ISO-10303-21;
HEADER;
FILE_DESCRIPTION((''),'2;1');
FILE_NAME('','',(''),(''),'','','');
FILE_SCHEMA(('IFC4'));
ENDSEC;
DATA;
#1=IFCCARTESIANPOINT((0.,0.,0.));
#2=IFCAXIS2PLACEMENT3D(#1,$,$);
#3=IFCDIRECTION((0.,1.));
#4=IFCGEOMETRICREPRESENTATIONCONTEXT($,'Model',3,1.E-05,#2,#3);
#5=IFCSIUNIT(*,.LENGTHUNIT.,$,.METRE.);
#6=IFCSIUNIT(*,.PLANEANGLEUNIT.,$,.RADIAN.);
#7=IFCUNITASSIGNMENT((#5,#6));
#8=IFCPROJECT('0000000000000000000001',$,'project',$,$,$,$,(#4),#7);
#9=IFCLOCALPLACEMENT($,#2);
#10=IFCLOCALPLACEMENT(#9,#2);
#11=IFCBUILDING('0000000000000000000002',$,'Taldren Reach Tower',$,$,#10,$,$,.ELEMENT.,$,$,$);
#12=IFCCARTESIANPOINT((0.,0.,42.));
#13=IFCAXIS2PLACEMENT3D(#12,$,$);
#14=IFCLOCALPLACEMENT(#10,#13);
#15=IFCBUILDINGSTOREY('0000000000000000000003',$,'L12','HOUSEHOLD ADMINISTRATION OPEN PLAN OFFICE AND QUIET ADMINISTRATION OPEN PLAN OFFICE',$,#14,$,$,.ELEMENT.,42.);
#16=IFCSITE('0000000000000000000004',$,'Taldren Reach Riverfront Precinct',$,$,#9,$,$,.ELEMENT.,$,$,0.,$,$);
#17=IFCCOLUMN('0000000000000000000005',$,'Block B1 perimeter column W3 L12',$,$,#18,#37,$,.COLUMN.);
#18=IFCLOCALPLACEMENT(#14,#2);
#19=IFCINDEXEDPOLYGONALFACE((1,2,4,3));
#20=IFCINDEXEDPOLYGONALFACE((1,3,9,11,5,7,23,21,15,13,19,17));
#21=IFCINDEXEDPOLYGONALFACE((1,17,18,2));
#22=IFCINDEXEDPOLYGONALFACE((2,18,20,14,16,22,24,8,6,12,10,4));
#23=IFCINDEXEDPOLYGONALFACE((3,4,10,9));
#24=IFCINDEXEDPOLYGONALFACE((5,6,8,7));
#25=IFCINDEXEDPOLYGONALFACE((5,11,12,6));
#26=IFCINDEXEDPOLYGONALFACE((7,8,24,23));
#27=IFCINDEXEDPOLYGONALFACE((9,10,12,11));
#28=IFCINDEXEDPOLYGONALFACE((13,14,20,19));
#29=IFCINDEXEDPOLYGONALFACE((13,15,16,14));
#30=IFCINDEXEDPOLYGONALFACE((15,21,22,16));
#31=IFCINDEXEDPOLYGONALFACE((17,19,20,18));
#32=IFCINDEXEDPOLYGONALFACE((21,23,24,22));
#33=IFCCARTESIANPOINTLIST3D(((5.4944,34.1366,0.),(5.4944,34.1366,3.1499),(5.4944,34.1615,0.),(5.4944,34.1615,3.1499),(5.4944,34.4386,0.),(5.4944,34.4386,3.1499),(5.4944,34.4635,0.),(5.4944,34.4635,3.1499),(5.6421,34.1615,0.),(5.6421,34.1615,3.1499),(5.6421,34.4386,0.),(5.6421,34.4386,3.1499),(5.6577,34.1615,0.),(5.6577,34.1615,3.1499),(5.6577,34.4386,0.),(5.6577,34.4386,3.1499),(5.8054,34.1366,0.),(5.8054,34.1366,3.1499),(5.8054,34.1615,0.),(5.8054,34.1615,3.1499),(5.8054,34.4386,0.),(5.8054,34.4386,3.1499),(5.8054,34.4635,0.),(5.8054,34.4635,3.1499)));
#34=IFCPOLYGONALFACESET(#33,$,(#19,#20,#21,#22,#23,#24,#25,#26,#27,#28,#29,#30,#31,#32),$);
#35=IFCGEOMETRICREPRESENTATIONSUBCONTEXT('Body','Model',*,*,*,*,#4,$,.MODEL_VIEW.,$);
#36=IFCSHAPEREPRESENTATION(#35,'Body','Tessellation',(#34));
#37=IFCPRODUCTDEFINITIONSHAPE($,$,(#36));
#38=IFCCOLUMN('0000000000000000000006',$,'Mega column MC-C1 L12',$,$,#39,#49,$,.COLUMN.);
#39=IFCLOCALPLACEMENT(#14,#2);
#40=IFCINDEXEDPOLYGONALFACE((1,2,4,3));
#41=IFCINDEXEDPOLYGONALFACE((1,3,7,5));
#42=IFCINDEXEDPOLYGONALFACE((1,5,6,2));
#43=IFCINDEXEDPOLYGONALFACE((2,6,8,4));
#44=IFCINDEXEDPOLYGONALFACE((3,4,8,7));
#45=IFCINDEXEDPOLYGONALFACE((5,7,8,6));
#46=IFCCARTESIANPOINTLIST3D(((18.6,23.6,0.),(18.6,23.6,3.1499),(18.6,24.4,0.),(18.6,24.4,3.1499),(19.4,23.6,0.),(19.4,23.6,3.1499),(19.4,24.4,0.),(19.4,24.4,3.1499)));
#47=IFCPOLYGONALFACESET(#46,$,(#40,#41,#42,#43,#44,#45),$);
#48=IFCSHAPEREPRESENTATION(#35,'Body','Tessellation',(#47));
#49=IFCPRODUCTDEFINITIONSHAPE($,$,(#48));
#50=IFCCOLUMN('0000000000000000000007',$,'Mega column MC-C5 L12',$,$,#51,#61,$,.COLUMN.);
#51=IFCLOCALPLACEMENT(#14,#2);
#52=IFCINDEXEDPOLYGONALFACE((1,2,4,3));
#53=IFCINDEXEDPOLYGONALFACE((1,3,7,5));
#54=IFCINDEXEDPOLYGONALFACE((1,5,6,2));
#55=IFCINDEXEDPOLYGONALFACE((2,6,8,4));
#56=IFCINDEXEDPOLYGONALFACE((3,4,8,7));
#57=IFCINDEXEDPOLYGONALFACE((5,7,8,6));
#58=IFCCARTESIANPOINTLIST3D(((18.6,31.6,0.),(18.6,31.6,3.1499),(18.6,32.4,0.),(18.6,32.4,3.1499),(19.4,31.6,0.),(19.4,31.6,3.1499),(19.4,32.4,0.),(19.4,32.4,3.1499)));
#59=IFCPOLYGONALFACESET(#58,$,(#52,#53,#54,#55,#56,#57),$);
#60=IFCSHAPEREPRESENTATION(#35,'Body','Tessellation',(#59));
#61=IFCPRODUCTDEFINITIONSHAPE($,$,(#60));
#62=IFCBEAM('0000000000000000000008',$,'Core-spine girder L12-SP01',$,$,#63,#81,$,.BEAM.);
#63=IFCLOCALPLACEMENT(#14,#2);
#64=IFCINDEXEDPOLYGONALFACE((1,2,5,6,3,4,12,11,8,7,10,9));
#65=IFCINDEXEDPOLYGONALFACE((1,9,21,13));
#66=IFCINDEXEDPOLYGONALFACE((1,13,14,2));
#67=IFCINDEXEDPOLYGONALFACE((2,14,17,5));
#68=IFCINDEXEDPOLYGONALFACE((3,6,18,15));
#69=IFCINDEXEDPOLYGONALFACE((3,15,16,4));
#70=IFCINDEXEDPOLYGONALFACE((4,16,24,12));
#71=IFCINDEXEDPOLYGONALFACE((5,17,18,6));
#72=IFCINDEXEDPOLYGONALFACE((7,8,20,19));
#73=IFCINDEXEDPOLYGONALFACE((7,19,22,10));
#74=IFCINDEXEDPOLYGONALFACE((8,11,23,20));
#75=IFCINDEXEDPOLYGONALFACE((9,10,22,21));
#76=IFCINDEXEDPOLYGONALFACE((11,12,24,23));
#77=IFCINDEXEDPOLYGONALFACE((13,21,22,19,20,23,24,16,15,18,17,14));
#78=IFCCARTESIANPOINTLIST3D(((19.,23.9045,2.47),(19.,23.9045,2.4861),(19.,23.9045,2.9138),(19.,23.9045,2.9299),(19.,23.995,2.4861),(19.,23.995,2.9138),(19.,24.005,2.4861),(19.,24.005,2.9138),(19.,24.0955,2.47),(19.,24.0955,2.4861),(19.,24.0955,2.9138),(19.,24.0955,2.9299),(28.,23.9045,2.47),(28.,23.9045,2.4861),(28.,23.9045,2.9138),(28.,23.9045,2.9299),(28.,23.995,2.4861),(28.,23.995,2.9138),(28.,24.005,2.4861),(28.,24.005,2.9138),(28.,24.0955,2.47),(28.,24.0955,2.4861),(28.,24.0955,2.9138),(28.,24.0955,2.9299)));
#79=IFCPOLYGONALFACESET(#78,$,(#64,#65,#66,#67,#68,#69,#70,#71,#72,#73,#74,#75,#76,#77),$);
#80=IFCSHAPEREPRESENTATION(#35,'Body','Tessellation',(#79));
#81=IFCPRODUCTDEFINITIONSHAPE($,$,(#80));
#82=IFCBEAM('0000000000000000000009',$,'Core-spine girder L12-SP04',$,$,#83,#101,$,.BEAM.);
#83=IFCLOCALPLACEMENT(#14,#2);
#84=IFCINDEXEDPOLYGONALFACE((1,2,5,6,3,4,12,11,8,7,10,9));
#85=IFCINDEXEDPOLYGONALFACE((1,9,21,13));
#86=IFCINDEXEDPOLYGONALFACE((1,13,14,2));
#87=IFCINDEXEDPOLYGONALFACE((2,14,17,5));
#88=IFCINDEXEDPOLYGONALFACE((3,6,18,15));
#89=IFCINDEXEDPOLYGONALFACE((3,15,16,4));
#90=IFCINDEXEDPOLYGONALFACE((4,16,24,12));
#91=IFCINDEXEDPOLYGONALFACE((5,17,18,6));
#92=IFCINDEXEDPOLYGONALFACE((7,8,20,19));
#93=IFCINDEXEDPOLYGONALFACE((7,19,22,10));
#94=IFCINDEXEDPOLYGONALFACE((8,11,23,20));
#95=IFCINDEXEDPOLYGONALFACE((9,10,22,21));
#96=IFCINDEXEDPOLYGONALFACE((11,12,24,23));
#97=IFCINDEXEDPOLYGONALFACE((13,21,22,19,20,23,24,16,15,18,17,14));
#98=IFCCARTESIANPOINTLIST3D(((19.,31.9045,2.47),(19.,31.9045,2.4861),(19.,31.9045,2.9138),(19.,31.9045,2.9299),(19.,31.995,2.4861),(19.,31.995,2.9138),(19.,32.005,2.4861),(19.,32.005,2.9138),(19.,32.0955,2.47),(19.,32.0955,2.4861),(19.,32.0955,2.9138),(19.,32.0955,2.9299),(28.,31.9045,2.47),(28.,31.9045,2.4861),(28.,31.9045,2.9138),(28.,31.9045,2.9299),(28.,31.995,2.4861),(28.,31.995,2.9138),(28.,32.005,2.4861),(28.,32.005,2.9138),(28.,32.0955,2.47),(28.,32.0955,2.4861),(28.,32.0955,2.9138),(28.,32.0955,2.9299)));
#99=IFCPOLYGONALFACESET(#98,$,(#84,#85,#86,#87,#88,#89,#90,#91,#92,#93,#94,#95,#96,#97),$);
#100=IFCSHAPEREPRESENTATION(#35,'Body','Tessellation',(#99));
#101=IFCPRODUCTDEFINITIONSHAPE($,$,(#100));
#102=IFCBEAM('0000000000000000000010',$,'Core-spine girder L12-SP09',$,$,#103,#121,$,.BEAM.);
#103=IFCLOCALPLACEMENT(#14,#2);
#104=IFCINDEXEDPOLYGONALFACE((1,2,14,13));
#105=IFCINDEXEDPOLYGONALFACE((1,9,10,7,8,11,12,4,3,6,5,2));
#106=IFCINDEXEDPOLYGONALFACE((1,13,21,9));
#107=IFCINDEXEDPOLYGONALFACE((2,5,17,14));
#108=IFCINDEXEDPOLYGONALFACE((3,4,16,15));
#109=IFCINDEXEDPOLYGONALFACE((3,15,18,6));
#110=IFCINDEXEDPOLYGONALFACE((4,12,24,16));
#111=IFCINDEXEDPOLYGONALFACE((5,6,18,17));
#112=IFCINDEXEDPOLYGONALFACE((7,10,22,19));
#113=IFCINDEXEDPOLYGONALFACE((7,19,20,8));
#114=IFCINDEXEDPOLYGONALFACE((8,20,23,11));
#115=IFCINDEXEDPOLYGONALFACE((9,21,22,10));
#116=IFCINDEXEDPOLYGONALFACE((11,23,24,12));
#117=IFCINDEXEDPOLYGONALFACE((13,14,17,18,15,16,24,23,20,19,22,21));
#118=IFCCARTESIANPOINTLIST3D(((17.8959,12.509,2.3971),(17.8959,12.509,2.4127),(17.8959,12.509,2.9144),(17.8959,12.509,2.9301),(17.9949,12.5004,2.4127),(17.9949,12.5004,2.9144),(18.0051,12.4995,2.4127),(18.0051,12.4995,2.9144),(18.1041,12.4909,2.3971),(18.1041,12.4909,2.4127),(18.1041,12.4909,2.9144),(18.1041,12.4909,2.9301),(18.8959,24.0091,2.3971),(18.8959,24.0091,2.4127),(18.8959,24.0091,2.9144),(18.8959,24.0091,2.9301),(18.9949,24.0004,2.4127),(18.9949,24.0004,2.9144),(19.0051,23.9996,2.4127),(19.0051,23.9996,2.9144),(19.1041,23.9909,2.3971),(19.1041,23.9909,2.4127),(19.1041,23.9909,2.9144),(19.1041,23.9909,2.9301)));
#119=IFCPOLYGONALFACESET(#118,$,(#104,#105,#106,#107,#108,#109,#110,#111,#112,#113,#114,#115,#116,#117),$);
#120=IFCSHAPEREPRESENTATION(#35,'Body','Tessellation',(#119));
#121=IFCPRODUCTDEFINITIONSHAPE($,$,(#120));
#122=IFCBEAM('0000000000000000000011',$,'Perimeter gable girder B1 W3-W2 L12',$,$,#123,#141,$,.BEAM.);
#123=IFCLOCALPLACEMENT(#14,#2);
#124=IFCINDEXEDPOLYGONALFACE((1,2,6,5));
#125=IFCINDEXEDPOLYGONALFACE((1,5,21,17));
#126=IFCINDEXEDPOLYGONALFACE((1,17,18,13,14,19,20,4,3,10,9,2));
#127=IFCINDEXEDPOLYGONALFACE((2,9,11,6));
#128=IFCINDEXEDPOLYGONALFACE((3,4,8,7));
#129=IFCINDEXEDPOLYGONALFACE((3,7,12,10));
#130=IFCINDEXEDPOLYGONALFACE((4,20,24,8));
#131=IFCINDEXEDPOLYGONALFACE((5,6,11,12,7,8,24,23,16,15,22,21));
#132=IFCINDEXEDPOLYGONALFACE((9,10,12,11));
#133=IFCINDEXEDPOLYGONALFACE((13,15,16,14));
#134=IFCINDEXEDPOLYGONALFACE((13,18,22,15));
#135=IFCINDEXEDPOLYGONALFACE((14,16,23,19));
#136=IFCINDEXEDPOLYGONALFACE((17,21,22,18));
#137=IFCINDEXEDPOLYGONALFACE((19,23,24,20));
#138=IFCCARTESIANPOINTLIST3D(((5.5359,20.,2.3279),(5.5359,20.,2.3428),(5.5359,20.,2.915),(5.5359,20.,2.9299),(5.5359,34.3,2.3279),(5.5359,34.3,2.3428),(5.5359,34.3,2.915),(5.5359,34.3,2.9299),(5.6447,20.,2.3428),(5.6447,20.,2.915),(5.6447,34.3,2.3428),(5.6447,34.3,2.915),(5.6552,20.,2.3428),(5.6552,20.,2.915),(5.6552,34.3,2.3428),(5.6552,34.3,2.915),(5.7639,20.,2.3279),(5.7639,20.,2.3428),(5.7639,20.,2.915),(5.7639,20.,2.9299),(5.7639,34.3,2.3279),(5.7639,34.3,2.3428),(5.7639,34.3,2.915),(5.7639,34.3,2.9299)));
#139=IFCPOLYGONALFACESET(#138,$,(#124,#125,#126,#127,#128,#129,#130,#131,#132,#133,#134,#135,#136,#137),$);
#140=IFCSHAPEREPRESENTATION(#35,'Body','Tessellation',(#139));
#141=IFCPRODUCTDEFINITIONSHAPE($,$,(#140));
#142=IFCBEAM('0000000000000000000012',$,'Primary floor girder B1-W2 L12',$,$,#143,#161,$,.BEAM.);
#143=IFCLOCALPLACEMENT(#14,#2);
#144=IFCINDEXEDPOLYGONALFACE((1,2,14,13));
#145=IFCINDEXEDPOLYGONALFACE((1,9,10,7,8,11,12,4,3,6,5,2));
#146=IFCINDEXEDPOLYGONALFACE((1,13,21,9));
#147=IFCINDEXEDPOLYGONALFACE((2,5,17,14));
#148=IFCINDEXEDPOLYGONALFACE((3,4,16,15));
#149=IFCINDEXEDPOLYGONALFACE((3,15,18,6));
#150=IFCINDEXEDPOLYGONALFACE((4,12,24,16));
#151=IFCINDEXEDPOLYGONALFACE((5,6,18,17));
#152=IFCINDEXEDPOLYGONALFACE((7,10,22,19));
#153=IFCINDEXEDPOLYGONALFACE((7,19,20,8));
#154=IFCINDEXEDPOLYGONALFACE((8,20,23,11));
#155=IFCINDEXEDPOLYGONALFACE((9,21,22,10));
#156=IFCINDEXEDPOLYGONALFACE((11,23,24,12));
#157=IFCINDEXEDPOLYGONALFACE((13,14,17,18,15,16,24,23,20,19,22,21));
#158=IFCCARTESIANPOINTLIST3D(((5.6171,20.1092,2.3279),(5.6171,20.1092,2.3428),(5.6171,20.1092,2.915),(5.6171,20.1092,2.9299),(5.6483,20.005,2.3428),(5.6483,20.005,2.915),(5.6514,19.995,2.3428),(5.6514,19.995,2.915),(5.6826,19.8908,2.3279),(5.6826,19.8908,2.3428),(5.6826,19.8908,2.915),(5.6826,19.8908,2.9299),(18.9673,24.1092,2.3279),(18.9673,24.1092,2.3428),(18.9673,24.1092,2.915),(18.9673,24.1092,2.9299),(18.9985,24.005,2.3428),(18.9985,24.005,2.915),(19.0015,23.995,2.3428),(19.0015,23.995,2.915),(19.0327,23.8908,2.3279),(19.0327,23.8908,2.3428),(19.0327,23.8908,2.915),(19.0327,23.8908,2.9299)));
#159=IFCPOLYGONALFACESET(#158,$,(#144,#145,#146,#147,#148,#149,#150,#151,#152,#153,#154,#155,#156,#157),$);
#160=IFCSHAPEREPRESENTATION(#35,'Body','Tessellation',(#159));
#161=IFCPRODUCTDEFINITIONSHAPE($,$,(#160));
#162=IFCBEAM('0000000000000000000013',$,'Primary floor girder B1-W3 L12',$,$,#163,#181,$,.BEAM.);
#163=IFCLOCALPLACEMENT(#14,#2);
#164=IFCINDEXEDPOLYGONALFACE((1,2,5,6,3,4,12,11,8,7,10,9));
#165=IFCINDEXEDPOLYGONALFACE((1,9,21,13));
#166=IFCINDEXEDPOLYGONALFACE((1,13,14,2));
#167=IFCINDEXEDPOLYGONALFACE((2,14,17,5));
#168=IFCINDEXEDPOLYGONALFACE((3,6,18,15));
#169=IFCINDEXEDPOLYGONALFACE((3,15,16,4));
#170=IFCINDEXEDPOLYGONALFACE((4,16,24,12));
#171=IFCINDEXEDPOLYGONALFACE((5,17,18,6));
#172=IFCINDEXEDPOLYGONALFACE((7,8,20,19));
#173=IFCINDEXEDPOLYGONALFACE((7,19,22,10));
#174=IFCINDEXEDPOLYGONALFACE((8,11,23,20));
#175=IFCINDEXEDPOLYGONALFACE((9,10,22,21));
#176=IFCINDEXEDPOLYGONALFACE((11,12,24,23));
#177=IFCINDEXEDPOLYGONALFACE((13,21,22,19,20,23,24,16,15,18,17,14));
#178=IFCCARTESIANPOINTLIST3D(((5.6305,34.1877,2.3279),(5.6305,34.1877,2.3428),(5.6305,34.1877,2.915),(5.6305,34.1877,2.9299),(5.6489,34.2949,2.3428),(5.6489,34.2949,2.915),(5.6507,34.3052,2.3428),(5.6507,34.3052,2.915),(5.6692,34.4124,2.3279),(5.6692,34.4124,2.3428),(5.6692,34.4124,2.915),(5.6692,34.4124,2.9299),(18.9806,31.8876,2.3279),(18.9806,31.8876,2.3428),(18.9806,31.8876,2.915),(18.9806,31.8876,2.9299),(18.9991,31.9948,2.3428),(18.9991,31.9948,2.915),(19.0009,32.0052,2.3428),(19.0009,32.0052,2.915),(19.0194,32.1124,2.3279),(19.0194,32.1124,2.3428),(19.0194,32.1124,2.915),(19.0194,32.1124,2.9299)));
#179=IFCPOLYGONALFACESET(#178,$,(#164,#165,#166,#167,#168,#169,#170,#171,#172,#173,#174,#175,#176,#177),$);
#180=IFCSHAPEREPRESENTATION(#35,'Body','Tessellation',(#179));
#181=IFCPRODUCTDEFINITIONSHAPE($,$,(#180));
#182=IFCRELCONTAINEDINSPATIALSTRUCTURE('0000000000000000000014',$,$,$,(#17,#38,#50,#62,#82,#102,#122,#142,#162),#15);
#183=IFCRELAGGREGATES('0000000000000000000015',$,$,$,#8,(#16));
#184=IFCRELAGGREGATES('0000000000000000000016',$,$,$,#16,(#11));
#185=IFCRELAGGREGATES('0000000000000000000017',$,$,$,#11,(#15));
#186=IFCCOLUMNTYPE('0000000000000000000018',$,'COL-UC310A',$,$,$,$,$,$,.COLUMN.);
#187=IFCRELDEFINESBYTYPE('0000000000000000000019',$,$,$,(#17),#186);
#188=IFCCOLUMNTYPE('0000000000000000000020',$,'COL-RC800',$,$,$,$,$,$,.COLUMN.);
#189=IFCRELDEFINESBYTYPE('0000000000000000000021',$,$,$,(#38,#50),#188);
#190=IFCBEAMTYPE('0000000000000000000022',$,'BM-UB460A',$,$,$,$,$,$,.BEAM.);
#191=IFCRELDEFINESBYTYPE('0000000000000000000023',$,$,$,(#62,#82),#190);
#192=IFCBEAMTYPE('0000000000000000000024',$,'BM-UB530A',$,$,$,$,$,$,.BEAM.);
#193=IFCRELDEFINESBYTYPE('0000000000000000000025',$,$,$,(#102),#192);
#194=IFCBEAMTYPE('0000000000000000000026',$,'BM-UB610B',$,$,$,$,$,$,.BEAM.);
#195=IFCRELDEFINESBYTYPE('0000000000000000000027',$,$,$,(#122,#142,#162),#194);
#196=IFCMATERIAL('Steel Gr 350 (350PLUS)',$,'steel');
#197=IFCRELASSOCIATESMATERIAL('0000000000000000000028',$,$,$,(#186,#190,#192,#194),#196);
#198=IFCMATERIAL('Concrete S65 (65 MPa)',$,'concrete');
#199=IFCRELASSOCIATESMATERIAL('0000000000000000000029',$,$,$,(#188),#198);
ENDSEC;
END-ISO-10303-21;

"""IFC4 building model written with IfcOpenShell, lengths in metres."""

from ifc_helpers import new_model, si_unit, direction, frame, origin, origin_2d, place, context, subcontext, project, spatial, rectangle, i_section, extrude, source, transform, mapped, material, material_profile, profile_set, type_object, element, save


model = new_model("IFC4")

# Units and contexts
model_context = context("Model", 3, precision=1e-05, world=origin(), true_north=direction((0.0, 1.0)))
body_context = subcontext(model_context, "Body", "Model", "MODEL_VIEW")
ifc_project = project(units=[si_unit("LENGTHUNIT", "METRE"), si_unit("PLANEANGLEUNIT", "RADIAN")], contexts=[model_context])

# Site, building, storey
site_placement = place(None, origin())
site = spatial("IfcSite", under=ifc_project, at=site_placement, Name="Taldren Reach Riverfront Precinct", CompositionType="ELEMENT", RefElevation=0.0)
building_placement = place(site_placement, origin())
building = spatial("IfcBuilding", under=site, at=building_placement, Name="Taldren Reach Tower", CompositionType="ELEMENT")
storey_placement = place(building_placement, frame((0.0, 0.0, 42.0)))
storey = spatial("IfcBuildingStorey", under=building, at=storey_placement, Name="L12", Description="HOUSEHOLD ADMINISTRATION OPEN PLAN OFFICE AND QUIET ADMINISTRATION OPEN PLAN OFFICE", CompositionType="ELEMENT", Elevation=42.0)

# Columns
ifc_material_1 = material(Name="Steel Gr 350 (350PLUS)", Category="steel")
ifc_material_profile_1 = material_profile(ifc_material_1, i_section(OverallWidth=0.311, OverallDepth=0.3269, WebThickness=0.0156, FlangeThickness=0.0249, at=origin_2d()), Name="310UC158")
ifc_profile_set_1 = profile_set([ifc_material_profile_1], Name="Steel Gr 350 (350PLUS)")
column_type_1 = type_object("IfcColumnType", Name="COL-UC310A", PredefinedType="COLUMN", material=ifc_profile_set_1)
shared_shape_1 = source(origin(), body_context, "Body", "SweptSolid", [
    extrude(i_section(OverallWidth=0.311, OverallDepth=0.3269, WebThickness=0.0156, FlangeThickness=0.0249, at=origin_2d()), origin(), (0.0, 0.0, 1.0), 3.1499),
])
column_placement = place(storey_placement, frame((5.6499, 34.3, 0.0), z_axis=(0.0, 0.0, 1.0), x_axis=(1.0, 0.0, 0.0)))
element("IfcColumn", 1, at=column_placement, inside=storey, type_object=column_type_1, Name="Block B1 perimeter column W3 L12", PredefinedType="COLUMN", context=body_context, shape_type="MappedRepresentation", body=[
    mapped(shared_shape_1, transform((0.0, 0.0, 0.0), scale=1.0)),
])
ifc_material_2 = material(Name="Concrete S65 (65 MPa)", Category="concrete")
ifc_material_profile_2 = material_profile(ifc_material_2, rectangle(XDim=0.8, YDim=0.8, at=origin_2d()), Name="RC-800x800")
ifc_profile_set_2 = profile_set([ifc_material_profile_2], Name="Concrete S65 (65 MPa)")
column_type_2 = type_object("IfcColumnType", Name="COL-RC800", PredefinedType="COLUMN", material=ifc_profile_set_2)
shared_shape_2 = source(origin(), body_context, "Body", "SweptSolid", [
    extrude(rectangle(XDim=0.8, YDim=0.8, at=origin_2d()), origin(), (0.0, 0.0, 1.0), 3.1499),
])
for number, where, z_axis, x_axis, name in (
    (2, (19.0, 24.0, 0.0), (0.0, 0.0, 1.0), (1.0, 0.0, 0.0), "Mega column MC-C1 L12"),
    (3, (19.0, 32.0, 0.0), (0.0, 0.0, 1.0), (1.0, 0.0, 0.0), "Mega column MC-C5 L12"),
):
    element("IfcColumn", number, at=place(storey_placement, frame(where, z_axis=z_axis, x_axis=x_axis)), inside=storey, type_object=column_type_2, Name=name, PredefinedType="COLUMN", context=body_context, shape_type="MappedRepresentation", body=[
        mapped(shared_shape_2, transform((0.0, 0.0, 0.0), scale=1.0)),
    ])

# Beams
ifc_material_profile_3 = material_profile(ifc_material_1, i_section(OverallWidth=0.1909, OverallDepth=0.46, WebThickness=0.01, FlangeThickness=0.0161, at=origin_2d()), Name="460UB82.1")
ifc_profile_set_3 = profile_set([ifc_material_profile_3], Name="Steel Gr 350 (350PLUS)")
beam_type_1 = type_object("IfcBeamType", Name="BM-UB460A", PredefinedType="BEAM", material=ifc_profile_set_3)
shared_shape_3 = source(origin(), body_context, "Body", "SweptSolid", [
    extrude(i_section(OverallWidth=0.1909, OverallDepth=0.46, WebThickness=0.01, FlangeThickness=0.0161, at=origin_2d()), origin(), (0.0, 0.0, 1.0), 9.0),
])
for number, where, z_axis, x_axis, name in (
    (4, (19.0, 24.0, 2.7), (1.0, 0.0, 0.0), (0.0, 1.0, 0.0), "Core-spine girder L12-SP01"),
    (5, (19.0, 32.0, 2.7), (1.0, 0.0, 0.0), (0.0, 1.0, 0.0), "Core-spine girder L12-SP04"),
):
    element("IfcBeam", number, at=place(storey_placement, frame(where, z_axis=z_axis, x_axis=x_axis)), inside=storey, type_object=beam_type_1, Name=name, PredefinedType="BEAM", context=body_context, shape_type="MappedRepresentation", body=[
        mapped(shared_shape_3, transform((0.0, 0.0, 0.0), scale=1.0)),
    ])
ifc_material_profile_4 = material_profile(ifc_material_1, i_section(OverallWidth=0.209, OverallDepth=0.533, WebThickness=0.0103, FlangeThickness=0.0156, at=origin_2d()), Name="530UB92.4")
ifc_profile_set_4 = profile_set([ifc_material_profile_4], Name="Steel Gr 350 (350PLUS)")
beam_type_2 = type_object("IfcBeamType", Name="BM-UB530A", PredefinedType="BEAM", material=ifc_profile_set_4)
shared_shape_4 = source(origin(), body_context, "Body", "SweptSolid", [
    extrude(i_section(OverallWidth=0.209, OverallDepth=0.533, WebThickness=0.0103, FlangeThickness=0.0156, at=origin_2d()), origin(), (0.0, 0.0, 1.0), 11.5435),
])
beam_1_placement = place(storey_placement, frame((19.0, 24.0, 2.6636), z_axis=(-0.08663, -0.996241, 0.0), x_axis=(0.996241, -0.08663, 0.0)))
element("IfcBeam", 6, at=beam_1_placement, inside=storey, type_object=beam_type_2, Name="Core-spine girder L12-SP09", PredefinedType="BEAM", context=body_context, shape_type="MappedRepresentation", body=[
    mapped(shared_shape_4, transform((0.0, 0.0, 0.0), scale=1.0)),
])
ifc_material_profile_5 = material_profile(ifc_material_1, i_section(OverallWidth=0.228, OverallDepth=0.6021, WebThickness=0.0105, FlangeThickness=0.0149, at=origin_2d()), Name="610UB101")
ifc_profile_set_5 = profile_set([ifc_material_profile_5], Name="Steel Gr 350 (350PLUS)")
beam_type_3 = type_object("IfcBeamType", Name="BM-UB610B", PredefinedType="BEAM", material=ifc_profile_set_5)
shared_shape_5 = source(origin(), body_context, "Body", "SweptSolid", [
    extrude(i_section(OverallWidth=0.228, OverallDepth=0.6021, WebThickness=0.0105, FlangeThickness=0.0149, at=origin_2d()), origin(), (0.0, 0.0, 1.0), 14.3),
])
beam_2_placement = place(storey_placement, frame((5.6499, 34.3, 2.6289), z_axis=(0.0, -1.0, 0.0), x_axis=(1.0, 0.0, 0.0)))
element("IfcBeam", 7, at=beam_2_placement, inside=storey, type_object=beam_type_3, Name="Perimeter gable girder B1 W3-W2 L12", PredefinedType="BEAM", context=body_context, shape_type="MappedRepresentation", body=[
    mapped(shared_shape_5, transform((0.0, 0.0, 0.0), scale=1.0)),
])
shared_shape_6 = source(origin(), body_context, "Body", "SweptSolid", [
    extrude(i_section(OverallWidth=0.228, OverallDepth=0.6021, WebThickness=0.0105, FlangeThickness=0.0149, at=origin_2d()), origin(), (0.0, 0.0, 1.0), 13.9365),
])
beam_3_placement = place(storey_placement, frame((19.0, 24.0, 2.6289), z_axis=(-0.957926, -0.287017, 0.0), x_axis=(0.287017, -0.957926, 0.0)))
element("IfcBeam", 8, at=beam_3_placement, inside=storey, type_object=beam_type_3, Name="Primary floor girder B1-W2 L12", PredefinedType="BEAM", context=body_context, shape_type="MappedRepresentation", body=[
    mapped(shared_shape_6, transform((0.0, 0.0, 0.0), scale=1.0)),
])
shared_shape_7 = source(origin(), body_context, "Body", "SweptSolid", [
    extrude(i_section(OverallWidth=0.228, OverallDepth=0.6021, WebThickness=0.0105, FlangeThickness=0.0149, at=origin_2d()), origin(), (0.0, 0.0, 1.0), 13.5469),
])
beam_4_placement = place(storey_placement, frame((19.0, 32.0, 2.6289), z_axis=(-0.985481, 0.169786, 0.0), x_axis=(-0.169786, -0.985481, 0.0)))
element("IfcBeam", 9, at=beam_4_placement, inside=storey, type_object=beam_type_3, Name="Primary floor girder B1-W3 L12", PredefinedType="BEAM", context=body_context, shape_type="MappedRepresentation", body=[
    mapped(shared_shape_7, transform((0.0, 0.0, 0.0), scale=1.0)),
])

save(model, "model.ifc")
